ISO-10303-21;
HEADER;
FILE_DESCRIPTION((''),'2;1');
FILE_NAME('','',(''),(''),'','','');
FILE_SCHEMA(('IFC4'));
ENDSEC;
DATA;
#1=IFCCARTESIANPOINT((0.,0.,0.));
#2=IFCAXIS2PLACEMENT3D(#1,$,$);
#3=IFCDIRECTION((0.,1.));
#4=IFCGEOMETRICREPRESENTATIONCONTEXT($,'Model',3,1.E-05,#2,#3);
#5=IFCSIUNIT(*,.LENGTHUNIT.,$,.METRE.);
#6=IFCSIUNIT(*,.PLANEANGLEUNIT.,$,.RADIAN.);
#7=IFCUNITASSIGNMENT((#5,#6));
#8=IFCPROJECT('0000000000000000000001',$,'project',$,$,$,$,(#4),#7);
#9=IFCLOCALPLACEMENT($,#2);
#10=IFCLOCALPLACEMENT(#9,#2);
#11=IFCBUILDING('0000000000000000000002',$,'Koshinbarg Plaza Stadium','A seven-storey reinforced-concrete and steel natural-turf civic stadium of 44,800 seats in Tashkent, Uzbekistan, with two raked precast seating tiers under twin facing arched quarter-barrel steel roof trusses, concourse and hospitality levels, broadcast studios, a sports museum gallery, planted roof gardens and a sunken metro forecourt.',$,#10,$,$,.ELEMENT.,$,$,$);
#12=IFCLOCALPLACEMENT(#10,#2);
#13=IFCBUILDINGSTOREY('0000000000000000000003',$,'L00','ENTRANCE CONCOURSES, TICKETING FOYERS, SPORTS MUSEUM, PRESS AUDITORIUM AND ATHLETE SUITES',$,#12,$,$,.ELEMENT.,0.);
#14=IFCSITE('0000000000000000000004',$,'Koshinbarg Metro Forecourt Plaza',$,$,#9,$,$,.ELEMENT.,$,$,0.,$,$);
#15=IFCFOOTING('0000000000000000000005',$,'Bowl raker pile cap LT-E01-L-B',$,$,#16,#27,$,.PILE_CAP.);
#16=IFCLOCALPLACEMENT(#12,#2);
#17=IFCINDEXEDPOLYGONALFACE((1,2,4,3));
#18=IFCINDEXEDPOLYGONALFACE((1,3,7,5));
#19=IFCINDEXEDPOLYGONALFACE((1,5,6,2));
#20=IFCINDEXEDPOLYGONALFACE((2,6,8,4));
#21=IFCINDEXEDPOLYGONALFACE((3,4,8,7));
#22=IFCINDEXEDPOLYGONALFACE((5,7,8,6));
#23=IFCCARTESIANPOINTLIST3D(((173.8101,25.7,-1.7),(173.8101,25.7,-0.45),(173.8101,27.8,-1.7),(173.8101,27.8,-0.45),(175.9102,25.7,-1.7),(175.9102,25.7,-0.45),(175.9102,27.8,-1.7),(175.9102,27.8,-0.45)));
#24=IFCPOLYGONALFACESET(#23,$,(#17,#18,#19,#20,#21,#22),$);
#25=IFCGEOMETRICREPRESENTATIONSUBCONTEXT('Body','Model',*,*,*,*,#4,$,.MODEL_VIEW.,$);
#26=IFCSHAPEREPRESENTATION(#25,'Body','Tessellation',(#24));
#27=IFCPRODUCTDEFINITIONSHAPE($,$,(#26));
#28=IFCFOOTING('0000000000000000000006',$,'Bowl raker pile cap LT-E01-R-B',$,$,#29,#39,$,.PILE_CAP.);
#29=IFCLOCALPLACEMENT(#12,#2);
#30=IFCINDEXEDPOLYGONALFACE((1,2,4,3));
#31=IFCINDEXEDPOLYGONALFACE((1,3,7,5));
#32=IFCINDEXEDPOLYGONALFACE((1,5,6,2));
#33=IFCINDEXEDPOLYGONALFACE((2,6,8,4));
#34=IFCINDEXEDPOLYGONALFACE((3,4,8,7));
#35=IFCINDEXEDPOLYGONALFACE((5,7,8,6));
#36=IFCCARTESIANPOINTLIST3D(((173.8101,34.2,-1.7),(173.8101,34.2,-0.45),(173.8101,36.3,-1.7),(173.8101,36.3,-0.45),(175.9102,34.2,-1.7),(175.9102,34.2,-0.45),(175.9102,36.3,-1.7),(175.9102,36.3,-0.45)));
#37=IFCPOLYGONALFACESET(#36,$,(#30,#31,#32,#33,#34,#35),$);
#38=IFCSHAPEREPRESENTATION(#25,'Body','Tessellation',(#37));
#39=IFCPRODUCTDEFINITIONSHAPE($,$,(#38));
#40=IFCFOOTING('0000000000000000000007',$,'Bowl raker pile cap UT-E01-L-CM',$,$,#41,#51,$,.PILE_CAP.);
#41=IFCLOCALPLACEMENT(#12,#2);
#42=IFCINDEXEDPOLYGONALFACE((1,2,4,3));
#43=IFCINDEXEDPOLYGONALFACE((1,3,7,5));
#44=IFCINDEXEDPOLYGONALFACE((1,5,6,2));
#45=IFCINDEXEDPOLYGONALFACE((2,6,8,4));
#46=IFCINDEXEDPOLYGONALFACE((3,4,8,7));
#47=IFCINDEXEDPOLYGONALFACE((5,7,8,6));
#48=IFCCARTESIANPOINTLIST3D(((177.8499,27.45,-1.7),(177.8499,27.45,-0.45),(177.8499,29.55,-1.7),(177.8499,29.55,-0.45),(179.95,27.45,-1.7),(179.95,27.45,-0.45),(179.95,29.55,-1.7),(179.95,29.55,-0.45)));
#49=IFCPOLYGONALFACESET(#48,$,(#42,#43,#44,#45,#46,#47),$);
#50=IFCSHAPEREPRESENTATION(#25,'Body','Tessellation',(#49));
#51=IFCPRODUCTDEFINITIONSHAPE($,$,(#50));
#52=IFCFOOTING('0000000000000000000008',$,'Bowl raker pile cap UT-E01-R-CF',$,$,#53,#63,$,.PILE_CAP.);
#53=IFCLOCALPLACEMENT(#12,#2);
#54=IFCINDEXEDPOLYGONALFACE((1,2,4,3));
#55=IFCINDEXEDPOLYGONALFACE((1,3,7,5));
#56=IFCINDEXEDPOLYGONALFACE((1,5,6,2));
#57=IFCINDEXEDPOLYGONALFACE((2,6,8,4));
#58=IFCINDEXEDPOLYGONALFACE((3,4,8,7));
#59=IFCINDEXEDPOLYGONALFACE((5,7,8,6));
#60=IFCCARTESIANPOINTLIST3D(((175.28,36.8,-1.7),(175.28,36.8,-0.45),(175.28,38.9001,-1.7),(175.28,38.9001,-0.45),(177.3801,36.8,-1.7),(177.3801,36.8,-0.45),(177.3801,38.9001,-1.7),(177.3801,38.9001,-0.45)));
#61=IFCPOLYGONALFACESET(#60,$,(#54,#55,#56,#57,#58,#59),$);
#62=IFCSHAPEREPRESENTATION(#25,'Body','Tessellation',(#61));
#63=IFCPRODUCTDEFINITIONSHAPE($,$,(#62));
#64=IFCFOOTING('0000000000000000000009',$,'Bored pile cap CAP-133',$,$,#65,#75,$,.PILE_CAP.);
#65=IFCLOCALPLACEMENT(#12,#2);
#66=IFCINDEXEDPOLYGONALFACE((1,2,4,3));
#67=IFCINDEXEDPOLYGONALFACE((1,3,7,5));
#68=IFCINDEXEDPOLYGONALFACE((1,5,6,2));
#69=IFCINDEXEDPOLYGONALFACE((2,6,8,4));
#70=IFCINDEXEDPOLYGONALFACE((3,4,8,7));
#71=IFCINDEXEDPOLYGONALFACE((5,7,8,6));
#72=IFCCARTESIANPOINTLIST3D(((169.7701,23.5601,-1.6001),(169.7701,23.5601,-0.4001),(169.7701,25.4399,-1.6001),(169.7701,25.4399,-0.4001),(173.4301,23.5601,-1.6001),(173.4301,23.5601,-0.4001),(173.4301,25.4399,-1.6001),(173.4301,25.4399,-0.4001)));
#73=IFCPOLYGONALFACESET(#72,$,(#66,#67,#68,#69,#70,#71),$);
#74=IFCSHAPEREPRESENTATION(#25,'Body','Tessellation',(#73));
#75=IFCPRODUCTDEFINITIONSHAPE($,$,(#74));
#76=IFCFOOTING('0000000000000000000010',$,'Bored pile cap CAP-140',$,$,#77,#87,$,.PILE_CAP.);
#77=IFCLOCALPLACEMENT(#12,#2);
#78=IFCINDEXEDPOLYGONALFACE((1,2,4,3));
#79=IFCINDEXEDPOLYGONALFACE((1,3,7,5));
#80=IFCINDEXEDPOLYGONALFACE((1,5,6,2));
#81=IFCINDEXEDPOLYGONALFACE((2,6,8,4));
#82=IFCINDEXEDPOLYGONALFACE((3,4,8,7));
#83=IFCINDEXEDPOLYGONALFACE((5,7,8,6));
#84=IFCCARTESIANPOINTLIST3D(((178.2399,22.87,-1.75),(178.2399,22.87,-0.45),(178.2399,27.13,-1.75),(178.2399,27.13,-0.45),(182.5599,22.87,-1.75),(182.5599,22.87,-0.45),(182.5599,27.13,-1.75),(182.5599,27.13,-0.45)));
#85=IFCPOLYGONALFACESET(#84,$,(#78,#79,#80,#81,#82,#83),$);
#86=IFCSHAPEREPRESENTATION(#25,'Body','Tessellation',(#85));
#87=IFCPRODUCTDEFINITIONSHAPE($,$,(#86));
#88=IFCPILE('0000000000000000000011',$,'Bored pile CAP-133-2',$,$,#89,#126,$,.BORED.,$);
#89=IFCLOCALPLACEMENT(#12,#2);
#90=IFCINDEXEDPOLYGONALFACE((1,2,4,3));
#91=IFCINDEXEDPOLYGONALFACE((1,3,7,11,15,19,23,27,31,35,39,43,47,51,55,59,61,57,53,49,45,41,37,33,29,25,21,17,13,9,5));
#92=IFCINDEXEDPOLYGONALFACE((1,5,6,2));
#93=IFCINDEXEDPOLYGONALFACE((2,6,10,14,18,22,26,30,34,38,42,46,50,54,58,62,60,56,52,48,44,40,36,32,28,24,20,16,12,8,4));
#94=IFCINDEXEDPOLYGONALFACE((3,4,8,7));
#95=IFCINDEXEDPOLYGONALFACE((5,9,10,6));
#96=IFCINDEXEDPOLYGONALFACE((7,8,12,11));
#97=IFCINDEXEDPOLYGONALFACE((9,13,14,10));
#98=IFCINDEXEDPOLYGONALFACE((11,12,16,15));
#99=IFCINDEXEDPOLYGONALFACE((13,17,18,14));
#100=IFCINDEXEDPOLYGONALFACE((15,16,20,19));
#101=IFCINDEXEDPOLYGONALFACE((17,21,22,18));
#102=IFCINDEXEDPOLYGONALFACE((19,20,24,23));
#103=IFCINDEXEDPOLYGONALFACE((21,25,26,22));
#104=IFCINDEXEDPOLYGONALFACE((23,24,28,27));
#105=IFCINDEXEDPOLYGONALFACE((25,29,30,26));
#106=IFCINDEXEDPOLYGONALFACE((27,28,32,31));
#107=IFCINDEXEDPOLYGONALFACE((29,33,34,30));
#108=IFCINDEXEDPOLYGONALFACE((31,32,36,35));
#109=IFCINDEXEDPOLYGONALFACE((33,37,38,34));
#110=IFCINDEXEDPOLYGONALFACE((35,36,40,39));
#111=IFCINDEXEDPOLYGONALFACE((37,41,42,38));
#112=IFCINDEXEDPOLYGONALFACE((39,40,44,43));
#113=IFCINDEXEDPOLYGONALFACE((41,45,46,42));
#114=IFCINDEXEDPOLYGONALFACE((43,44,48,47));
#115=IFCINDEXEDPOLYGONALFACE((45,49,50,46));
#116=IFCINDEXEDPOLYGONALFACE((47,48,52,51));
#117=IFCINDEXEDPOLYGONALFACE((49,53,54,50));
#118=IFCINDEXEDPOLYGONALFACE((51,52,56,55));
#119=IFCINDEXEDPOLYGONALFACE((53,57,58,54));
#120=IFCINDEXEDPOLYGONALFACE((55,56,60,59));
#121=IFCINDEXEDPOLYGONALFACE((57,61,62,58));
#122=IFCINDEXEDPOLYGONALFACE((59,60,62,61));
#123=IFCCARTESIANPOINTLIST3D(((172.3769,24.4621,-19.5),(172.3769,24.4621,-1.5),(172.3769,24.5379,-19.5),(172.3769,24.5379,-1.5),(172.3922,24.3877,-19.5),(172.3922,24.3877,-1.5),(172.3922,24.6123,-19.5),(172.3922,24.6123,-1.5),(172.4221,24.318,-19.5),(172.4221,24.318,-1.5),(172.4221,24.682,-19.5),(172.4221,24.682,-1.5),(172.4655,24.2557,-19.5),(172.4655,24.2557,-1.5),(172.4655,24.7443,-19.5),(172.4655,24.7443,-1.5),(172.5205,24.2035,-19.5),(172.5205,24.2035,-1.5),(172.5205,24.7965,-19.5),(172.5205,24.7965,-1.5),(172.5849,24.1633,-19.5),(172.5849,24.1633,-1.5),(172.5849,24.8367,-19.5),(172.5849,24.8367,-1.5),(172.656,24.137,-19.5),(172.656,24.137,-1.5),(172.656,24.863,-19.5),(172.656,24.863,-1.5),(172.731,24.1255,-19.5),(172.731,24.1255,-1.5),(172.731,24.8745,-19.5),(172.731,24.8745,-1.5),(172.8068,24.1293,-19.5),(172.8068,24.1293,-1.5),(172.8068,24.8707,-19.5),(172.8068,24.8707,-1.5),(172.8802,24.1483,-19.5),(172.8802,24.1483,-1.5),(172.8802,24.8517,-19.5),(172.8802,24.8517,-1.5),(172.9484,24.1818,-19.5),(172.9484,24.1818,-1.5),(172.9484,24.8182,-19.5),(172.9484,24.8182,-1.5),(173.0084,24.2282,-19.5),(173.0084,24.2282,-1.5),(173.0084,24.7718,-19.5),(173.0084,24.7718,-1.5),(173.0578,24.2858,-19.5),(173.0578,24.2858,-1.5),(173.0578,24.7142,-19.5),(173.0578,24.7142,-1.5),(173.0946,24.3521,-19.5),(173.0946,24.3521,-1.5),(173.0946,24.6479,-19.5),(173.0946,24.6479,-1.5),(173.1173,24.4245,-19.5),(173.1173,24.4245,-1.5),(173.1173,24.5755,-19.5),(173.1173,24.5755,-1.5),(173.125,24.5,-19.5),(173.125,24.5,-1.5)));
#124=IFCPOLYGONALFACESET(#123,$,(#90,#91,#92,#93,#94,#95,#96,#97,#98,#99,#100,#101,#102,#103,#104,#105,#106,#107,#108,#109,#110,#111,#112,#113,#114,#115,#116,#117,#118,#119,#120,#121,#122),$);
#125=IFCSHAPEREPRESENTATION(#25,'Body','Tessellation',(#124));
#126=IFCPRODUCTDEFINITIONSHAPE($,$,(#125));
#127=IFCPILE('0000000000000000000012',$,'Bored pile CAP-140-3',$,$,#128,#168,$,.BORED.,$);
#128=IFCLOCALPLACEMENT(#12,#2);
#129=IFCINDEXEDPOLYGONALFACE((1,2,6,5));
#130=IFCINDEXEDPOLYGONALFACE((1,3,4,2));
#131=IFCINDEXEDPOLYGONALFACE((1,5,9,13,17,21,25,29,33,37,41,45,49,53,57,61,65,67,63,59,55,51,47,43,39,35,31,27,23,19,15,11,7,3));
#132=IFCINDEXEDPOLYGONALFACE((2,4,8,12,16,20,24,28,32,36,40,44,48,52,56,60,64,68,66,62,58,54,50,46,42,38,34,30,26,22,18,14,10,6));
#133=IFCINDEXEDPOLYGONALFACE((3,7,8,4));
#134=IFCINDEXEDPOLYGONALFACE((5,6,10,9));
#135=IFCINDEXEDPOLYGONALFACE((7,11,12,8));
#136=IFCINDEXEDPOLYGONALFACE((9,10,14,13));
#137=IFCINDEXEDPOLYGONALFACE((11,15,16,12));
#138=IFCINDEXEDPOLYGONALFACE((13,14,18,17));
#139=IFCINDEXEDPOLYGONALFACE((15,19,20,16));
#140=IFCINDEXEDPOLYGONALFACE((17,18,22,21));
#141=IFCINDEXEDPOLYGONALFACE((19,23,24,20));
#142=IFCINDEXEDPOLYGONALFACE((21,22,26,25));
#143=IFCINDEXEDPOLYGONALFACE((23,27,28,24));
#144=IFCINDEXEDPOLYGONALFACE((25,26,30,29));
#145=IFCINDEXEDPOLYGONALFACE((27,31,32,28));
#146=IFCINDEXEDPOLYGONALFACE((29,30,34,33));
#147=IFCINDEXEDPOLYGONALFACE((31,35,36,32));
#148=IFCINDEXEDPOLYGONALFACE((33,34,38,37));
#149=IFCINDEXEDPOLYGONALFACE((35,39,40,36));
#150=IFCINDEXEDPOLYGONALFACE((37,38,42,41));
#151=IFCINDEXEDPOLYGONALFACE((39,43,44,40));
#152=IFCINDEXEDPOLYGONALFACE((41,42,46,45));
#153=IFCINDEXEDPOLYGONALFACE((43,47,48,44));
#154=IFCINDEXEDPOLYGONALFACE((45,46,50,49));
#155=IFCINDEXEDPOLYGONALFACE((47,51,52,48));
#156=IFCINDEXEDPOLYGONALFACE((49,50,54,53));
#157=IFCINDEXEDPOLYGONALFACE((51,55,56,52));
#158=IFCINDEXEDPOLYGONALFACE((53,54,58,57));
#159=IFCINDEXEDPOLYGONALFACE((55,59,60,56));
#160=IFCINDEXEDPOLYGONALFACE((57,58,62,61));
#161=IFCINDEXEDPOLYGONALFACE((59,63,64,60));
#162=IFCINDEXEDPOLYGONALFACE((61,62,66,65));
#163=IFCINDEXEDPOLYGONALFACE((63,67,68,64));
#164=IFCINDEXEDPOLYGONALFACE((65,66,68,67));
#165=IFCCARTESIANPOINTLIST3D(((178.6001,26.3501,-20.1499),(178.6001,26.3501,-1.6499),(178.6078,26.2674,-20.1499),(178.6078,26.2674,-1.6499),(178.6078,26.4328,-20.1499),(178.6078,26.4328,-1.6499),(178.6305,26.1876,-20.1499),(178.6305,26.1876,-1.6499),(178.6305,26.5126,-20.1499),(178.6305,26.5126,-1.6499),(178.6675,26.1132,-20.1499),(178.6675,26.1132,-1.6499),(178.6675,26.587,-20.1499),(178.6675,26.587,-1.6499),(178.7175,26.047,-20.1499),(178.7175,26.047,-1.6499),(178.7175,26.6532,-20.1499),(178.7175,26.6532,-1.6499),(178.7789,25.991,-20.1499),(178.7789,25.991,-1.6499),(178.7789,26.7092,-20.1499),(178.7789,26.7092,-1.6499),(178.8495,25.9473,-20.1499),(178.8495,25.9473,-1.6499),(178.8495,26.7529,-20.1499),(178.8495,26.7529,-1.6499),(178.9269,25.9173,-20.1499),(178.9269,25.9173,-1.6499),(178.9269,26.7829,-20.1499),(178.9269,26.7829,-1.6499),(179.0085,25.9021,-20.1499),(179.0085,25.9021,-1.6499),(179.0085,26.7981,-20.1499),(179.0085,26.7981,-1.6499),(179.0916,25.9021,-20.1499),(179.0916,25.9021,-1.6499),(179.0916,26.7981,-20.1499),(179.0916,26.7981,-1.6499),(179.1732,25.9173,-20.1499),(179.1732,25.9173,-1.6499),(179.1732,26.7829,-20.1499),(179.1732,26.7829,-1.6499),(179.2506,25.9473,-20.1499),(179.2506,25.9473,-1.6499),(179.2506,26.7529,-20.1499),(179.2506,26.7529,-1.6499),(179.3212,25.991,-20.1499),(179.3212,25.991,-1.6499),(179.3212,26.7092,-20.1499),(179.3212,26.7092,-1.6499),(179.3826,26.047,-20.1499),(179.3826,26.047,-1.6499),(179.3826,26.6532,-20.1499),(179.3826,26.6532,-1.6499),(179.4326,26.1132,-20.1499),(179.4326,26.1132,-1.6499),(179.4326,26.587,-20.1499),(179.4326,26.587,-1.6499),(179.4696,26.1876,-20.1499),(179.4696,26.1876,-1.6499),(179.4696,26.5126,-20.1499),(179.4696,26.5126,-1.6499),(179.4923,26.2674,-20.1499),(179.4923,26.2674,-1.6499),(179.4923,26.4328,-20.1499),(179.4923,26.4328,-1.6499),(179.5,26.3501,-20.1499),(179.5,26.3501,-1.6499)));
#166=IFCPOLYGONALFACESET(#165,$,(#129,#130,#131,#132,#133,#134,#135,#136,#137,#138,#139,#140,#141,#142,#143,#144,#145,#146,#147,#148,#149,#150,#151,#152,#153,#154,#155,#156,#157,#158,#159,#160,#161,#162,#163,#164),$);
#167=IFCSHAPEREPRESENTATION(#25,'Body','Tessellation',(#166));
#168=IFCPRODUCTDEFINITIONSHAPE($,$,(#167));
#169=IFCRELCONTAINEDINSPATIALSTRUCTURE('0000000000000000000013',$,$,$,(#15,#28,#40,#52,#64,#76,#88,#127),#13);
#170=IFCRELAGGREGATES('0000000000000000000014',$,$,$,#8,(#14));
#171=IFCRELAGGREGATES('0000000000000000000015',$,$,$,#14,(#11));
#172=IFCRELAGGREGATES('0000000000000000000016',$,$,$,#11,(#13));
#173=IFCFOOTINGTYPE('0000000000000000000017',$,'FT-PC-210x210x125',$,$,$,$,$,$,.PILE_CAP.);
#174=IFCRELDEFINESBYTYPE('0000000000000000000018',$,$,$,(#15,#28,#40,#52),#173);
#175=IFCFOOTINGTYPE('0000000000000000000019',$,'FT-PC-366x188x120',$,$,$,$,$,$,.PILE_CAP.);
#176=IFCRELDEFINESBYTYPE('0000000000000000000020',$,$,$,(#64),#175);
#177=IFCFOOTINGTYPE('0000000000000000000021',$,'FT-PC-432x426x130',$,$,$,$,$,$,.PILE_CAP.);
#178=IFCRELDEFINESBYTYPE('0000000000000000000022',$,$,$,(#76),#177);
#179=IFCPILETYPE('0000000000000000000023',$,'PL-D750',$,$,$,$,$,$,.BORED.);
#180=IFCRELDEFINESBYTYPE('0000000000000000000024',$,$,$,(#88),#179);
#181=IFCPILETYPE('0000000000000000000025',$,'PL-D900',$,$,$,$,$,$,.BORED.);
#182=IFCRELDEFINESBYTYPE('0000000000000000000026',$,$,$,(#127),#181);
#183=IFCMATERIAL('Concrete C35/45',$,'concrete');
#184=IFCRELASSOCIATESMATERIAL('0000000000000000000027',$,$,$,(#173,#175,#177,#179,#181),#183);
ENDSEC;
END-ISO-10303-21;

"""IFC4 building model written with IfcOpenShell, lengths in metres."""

from ifc_helpers import new_model, si_unit, direction, frame, origin, origin_2d, place, context, subcontext, project, spatial, rectangle, circle, extrude, material, material_profile, profile_set, type_object, element, save


model = new_model("IFC4")

# Units and contexts
model_context = context("Model", 3, precision=1e-05, world=origin(), true_north=direction((0.0, 1.0)))
body_context = subcontext(model_context, "Body", "Model", "MODEL_VIEW")
ifc_project = project(units=[si_unit("LENGTHUNIT", "METRE"), si_unit("PLANEANGLEUNIT", "RADIAN")], contexts=[model_context])

# Site, building, storey
site_placement = place(None, origin())
site = spatial("IfcSite", under=ifc_project, at=site_placement, Name="Koshinbarg Metro Forecourt Plaza", CompositionType="ELEMENT", RefElevation=0.0)
building_placement = place(site_placement, origin())
building = spatial("IfcBuilding", under=site, at=building_placement, Name="Koshinbarg Plaza Stadium", Description="A seven-storey reinforced-concrete and steel natural-turf civic stadium of 44,800 seats in Tashkent, Uzbekistan, with two raked precast seating tiers under twin facing arched quarter-barrel steel roof trusses, concourse and hospitality levels, broadcast studios, a sports museum gallery, planted roof gardens and a sunken metro forecourt.", CompositionType="ELEMENT")
storey_placement = place(building_placement, origin())
storey = spatial("IfcBuildingStorey", under=building, at=storey_placement, Name="L00", Description="ENTRANCE CONCOURSES, TICKETING FOYERS, SPORTS MUSEUM, PRESS AUDITORIUM AND ATHLETE SUITES", CompositionType="ELEMENT", Elevation=0.0)

# Footings
ifc_material_1 = material(Name="Concrete C35/45", Category="concrete")
footing_type_1 = type_object("IfcFootingType", Name="FT-PC-210x210x125", PredefinedType="PILE_CAP", material=ifc_material_1)
for number, where, z_axis, x_axis, name in (
    (1, (174.8601, 26.75, -1.7), (0.0, 0.0, 1.0), (1.0, 0.0, 0.0), "Bowl raker pile cap LT-E01-L-B"),
    (2, (174.8601, 35.25, -1.7), (0.0, 0.0, 1.0), (1.0, 0.0, 0.0), "Bowl raker pile cap LT-E01-R-B"),
    (3, (178.8999, 28.5, -1.7), (0.0, 0.0, 1.0), (1.0, 0.0, 0.0), "Bowl raker pile cap UT-E01-L-CM"),
    (4, (176.3301, 37.8501, -1.7), (0.0, 0.0, 1.0), (1.0, 0.0, 0.0), "Bowl raker pile cap UT-E01-R-CF"),
):
    element("IfcFooting", number, at=place(storey_placement, frame(where, z_axis=z_axis, x_axis=x_axis)), inside=storey, type_object=footing_type_1, Name=name, PredefinedType="PILE_CAP", context=body_context, shape_type="SweptSolid", body=[
        extrude(rectangle(XDim=2.1001, YDim=2.1001, at=origin_2d()), origin(), (0.0, 0.0, 1.0), 1.25),
    ])
footing_type_2 = type_object("IfcFootingType", Name="FT-PC-366x188x120", PredefinedType="PILE_CAP", material=ifc_material_1)
footing_1_placement = place(storey_placement, frame((171.6001, 24.5, -1.6001), z_axis=(0.0, 0.0, 1.0), x_axis=(1.0, 0.0, 0.0)))
element("IfcFooting", 5, at=footing_1_placement, inside=storey, type_object=footing_type_2, Name="Bored pile cap CAP-133", PredefinedType="PILE_CAP", context=body_context, shape_type="SweptSolid", body=[
    extrude(rectangle(XDim=3.6599, YDim=1.8799, at=origin_2d()), origin(), (0.0, 0.0, 1.0), 1.2),
])
footing_type_3 = type_object("IfcFootingType", Name="FT-PC-432x426x130", PredefinedType="PILE_CAP", material=ifc_material_1)
footing_2_placement = place(storey_placement, frame((180.3999, 25.0, -1.75), z_axis=(0.0, 0.0, 1.0), x_axis=(1.0, 0.0, 0.0)))
element("IfcFooting", 6, at=footing_2_placement, inside=storey, type_object=footing_type_3, Name="Bored pile cap CAP-140", PredefinedType="PILE_CAP", context=body_context, shape_type="SweptSolid", body=[
    extrude(rectangle(XDim=4.3201, YDim=4.26, at=origin_2d()), origin(), (0.0, 0.0, 1.0), 1.3),
])

# Piles
ifc_material_profile_1 = material_profile(ifc_material_1, circle(Radius=0.375, at=origin_2d()), Name="PILE D750")
ifc_profile_set_1 = profile_set([ifc_material_profile_1], Name="Concrete C35/45")
pile_type_1 = type_object("IfcPileType", Name="PL-D750", PredefinedType="BORED", material=ifc_profile_set_1)
pile_1_placement = place(storey_placement, frame((172.75, 24.5, -1.5), z_axis=(0.0, 0.0, -1.0), x_axis=(1.0, 0.0, 0.0)))
element("IfcPile", 7, at=pile_1_placement, inside=storey, type_object=pile_type_1, Name="Bored pile CAP-133-2", PredefinedType="BORED", context=body_context, shape_type="SweptSolid", body=[
    extrude(circle(Radius=0.375, at=origin_2d()), origin(), (0.0, 0.0, 1.0), 18.0),
])
ifc_material_profile_2 = material_profile(ifc_material_1, circle(Radius=0.45, at=origin_2d()), Name="PILE D900")
ifc_profile_set_2 = profile_set([ifc_material_profile_2], Name="Concrete C35/45")
pile_type_2 = type_object("IfcPileType", Name="PL-D900", PredefinedType="BORED", material=ifc_profile_set_2)
pile_2_placement = place(storey_placement, frame((179.05, 26.3501, -1.6499), z_axis=(0.0, 0.0, -1.0), x_axis=(1.0, 0.0, 0.0)))
element("IfcPile", 8, at=pile_2_placement, inside=storey, type_object=pile_type_2, Name="Bored pile CAP-140-3", PredefinedType="BORED", context=body_context, shape_type="SweptSolid", body=[
    extrude(circle(Radius=0.45, at=origin_2d()), origin(), (0.0, 0.0, 1.0), 18.5),
])

save(model, "model.ifc")
